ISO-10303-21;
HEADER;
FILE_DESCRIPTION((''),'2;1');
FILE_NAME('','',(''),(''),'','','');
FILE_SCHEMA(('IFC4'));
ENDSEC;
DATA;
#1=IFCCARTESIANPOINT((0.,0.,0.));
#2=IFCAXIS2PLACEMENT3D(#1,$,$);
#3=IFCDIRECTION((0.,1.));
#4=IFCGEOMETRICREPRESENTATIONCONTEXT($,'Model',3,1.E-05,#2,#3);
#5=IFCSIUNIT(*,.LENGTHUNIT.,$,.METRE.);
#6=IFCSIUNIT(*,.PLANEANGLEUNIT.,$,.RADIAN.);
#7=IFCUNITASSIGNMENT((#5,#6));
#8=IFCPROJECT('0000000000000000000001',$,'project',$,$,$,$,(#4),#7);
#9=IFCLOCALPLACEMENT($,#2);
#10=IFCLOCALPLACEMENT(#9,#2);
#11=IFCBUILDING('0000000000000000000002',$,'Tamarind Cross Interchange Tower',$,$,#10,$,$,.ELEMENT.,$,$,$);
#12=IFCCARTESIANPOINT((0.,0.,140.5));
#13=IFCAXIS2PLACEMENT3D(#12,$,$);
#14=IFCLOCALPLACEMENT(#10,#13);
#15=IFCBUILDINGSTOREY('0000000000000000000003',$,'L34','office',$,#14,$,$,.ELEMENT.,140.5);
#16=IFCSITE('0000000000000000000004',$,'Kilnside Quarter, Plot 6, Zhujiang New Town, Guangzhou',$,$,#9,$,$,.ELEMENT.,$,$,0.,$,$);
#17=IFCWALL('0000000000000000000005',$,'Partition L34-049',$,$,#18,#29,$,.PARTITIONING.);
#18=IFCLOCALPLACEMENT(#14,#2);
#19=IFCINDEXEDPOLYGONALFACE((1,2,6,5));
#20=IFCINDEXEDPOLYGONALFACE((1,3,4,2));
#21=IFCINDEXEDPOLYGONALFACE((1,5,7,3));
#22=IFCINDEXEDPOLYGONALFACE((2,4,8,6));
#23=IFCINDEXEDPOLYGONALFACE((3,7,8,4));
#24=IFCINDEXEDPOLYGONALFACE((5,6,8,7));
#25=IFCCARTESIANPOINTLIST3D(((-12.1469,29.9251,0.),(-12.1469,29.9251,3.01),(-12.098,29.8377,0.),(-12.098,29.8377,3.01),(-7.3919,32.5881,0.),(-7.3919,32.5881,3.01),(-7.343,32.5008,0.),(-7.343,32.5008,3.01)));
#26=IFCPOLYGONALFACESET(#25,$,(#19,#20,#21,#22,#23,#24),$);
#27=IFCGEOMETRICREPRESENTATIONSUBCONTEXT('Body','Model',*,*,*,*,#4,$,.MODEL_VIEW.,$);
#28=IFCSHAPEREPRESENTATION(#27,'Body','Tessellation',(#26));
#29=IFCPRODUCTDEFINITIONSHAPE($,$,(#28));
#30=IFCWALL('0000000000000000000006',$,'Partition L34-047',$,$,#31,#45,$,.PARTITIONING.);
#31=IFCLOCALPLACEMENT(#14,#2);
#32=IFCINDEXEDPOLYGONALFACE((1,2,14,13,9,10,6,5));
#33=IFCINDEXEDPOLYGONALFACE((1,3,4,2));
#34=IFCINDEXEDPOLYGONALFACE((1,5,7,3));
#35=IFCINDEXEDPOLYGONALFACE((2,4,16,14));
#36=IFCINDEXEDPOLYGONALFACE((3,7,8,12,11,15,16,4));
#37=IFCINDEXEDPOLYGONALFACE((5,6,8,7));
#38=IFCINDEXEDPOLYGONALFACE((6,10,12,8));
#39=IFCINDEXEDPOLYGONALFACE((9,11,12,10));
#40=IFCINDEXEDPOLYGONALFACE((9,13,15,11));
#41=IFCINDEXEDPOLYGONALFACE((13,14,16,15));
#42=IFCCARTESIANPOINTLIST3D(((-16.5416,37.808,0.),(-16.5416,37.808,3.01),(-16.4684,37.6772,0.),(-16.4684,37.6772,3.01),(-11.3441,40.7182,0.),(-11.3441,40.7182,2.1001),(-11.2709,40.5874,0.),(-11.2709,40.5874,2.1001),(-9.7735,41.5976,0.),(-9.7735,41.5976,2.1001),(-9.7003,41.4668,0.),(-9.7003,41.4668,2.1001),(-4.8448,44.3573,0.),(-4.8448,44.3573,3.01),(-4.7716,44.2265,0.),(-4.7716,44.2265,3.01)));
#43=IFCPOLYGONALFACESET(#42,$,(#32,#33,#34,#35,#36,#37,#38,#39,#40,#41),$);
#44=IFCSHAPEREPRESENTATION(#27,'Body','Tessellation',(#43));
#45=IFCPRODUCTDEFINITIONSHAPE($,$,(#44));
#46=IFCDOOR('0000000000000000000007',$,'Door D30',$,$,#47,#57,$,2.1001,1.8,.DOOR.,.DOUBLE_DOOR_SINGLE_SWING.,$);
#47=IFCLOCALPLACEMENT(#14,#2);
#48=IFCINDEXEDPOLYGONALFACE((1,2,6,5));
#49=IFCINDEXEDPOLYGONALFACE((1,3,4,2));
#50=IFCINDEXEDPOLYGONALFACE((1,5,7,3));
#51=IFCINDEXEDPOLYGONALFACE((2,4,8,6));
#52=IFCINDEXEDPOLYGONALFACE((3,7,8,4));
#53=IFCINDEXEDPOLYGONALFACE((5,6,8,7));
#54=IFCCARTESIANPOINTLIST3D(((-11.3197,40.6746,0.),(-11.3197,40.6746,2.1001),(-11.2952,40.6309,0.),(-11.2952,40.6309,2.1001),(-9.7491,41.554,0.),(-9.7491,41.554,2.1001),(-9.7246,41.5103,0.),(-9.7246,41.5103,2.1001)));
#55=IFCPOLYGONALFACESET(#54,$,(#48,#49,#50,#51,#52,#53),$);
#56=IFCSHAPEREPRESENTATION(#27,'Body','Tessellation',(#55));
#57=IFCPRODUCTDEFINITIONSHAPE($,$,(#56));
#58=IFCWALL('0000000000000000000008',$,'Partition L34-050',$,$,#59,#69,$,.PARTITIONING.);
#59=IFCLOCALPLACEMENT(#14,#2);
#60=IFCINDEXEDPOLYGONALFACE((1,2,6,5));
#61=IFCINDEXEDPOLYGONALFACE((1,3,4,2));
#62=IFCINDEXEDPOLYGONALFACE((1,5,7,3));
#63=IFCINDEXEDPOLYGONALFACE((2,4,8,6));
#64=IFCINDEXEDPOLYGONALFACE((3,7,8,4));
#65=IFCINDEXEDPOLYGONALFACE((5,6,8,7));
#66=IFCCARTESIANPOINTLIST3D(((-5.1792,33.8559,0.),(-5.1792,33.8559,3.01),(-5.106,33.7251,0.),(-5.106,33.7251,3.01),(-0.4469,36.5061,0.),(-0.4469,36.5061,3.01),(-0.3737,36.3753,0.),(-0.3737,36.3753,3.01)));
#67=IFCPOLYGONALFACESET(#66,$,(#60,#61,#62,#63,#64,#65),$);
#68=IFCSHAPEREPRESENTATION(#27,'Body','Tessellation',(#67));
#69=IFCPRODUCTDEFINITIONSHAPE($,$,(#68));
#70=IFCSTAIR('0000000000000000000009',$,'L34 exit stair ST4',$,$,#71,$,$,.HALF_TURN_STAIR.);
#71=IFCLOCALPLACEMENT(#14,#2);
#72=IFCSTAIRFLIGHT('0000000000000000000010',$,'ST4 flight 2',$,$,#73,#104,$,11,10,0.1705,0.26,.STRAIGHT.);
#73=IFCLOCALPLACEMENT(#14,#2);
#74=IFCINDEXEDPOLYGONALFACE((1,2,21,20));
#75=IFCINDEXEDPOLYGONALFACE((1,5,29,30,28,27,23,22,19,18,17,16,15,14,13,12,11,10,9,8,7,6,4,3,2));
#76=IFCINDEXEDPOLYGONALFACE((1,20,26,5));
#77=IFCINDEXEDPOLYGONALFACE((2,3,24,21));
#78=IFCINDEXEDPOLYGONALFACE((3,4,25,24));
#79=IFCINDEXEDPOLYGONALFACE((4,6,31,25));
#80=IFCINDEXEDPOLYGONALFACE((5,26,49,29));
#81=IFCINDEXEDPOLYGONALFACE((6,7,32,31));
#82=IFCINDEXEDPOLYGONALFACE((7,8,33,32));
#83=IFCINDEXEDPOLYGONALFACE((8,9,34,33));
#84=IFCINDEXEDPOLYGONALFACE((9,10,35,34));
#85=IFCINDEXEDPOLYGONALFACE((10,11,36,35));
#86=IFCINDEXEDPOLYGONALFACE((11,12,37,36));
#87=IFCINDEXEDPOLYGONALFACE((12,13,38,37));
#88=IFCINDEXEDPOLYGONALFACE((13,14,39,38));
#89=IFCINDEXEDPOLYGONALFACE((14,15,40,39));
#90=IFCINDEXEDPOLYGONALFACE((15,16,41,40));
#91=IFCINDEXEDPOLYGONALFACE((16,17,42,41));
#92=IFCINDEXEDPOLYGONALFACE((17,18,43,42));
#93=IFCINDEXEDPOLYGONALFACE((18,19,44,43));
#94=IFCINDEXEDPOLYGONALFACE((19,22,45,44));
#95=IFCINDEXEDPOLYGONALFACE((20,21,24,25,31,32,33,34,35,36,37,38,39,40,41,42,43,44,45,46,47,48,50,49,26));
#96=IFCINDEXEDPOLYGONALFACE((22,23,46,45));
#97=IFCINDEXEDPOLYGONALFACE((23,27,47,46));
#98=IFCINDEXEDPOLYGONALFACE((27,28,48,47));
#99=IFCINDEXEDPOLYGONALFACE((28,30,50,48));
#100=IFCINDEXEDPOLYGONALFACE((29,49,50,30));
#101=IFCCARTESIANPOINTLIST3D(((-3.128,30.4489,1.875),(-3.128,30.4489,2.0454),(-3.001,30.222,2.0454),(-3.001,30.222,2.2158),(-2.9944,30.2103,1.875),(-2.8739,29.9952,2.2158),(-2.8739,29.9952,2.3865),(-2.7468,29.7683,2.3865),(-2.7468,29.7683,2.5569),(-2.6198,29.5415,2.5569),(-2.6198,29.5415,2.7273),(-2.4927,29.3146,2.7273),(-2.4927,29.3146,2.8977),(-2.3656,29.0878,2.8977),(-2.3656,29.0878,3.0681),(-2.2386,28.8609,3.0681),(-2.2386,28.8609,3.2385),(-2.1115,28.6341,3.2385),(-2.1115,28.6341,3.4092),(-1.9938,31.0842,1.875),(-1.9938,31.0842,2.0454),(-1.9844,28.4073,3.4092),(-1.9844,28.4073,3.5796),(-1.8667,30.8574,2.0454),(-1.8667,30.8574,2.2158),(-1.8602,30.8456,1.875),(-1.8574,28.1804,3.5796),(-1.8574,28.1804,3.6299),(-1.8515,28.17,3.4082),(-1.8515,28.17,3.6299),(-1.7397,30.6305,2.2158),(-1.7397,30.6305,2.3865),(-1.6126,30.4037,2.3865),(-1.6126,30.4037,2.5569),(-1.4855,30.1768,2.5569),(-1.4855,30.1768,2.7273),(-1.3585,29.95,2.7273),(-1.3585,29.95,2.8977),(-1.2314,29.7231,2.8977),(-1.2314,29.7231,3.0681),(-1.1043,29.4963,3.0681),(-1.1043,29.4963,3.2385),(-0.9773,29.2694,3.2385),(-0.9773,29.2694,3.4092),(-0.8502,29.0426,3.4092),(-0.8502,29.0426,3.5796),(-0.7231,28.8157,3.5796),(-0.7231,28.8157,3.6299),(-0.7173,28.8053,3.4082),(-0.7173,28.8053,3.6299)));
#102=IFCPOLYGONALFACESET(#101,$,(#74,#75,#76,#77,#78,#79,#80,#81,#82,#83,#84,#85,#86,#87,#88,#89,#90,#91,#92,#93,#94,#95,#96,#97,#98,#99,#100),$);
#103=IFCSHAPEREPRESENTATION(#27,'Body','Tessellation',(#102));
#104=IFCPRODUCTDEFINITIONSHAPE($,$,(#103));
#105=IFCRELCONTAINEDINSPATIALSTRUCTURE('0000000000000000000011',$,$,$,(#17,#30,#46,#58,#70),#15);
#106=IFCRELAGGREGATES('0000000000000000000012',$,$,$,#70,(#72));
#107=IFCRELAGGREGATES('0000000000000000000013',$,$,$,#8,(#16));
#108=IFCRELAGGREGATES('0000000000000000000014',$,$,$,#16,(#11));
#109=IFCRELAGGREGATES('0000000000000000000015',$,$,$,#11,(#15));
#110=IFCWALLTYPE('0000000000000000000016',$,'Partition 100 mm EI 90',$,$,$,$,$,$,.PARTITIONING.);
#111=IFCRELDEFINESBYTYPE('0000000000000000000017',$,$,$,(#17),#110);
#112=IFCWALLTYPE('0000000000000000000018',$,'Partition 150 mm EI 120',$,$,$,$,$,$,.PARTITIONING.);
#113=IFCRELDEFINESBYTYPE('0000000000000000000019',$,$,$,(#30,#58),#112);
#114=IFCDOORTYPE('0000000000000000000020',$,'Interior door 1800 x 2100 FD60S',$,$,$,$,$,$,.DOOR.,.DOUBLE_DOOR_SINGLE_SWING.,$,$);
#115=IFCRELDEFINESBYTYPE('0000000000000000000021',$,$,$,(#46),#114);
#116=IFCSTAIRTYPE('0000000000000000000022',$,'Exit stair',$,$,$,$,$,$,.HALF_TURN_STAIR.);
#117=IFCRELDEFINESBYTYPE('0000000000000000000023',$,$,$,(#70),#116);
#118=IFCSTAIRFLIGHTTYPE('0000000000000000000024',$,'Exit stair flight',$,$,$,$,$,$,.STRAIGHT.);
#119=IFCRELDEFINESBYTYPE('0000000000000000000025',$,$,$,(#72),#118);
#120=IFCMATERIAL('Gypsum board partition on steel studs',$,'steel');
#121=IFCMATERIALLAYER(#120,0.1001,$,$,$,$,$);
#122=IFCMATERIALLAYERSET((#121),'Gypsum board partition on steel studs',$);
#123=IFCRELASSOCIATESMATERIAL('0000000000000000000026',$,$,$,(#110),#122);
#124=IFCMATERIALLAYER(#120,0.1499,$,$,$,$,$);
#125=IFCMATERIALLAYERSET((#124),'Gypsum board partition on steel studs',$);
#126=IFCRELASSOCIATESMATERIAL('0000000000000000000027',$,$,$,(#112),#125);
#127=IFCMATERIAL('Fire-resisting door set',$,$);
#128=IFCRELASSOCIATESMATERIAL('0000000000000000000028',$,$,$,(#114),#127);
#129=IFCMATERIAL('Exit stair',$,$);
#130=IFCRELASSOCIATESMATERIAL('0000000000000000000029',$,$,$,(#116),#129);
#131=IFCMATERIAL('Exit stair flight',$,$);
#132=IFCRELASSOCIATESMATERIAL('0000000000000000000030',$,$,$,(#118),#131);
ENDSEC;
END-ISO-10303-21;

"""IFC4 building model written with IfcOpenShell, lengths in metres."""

from ifc_helpers import new_model, si_unit, direction, frame, frame_2d, origin, place, context, subcontext, project, spatial, polyline, rectangle, outline, extrude, material, layer, layer_set, type_object, element, fill, aggregate, save


model = new_model("IFC4")

# Units and contexts
model_context = context("Model", 3, precision=1e-05, world=origin(), true_north=direction((0.0, 1.0)))
body_context = subcontext(model_context, "Body", "Model", "MODEL_VIEW")
ifc_project = project(units=[si_unit("LENGTHUNIT", "METRE"), si_unit("PLANEANGLEUNIT", "RADIAN")], contexts=[model_context])

# Site, building, storey
site_placement = place(None, origin())
site = spatial("IfcSite", under=ifc_project, at=site_placement, Name="Kilnside Quarter, Plot 6, Zhujiang New Town, Guangzhou", CompositionType="ELEMENT", RefElevation=0.0)
building_placement = place(site_placement, origin())
building = spatial("IfcBuilding", under=site, at=building_placement, Name="Tamarind Cross Interchange Tower", CompositionType="ELEMENT")
storey_placement = place(building_placement, frame((0.0, 0.0, 140.5)))
storey = spatial("IfcBuildingStorey", under=building, at=storey_placement, Name="L34", Description="office", CompositionType="ELEMENT", Elevation=140.5)

# Wall
ifc_material_1 = material(Name="Gypsum board partition on steel studs", Category="steel")
ifc_layer_1 = layer(ifc_material_1, 0.1001)
ifc_layer_set_1 = layer_set([ifc_layer_1], Name="Gypsum board partition on steel studs")
wall_type_1 = type_object("IfcWallType", Name="Partition 100 mm EI 90", PredefinedType="PARTITIONING", material=ifc_layer_set_1)
wall_1_placement = place(storey_placement, frame((-12.1226, 29.8813, 0.0), z_axis=(0.0, 0.0, 1.0), x_axis=(0.872489, 0.488633, 0.0)))
element("IfcWall", 1, at=wall_1_placement, inside=storey, type_object=wall_type_1, Name="Partition L34-049", PredefinedType="PARTITIONING", context=body_context, shape_type="SweptSolid", body=[
    extrude(rectangle(XDim=5.45, YDim=0.1001, at=frame_2d((2.7251, 0.0))), origin(), (0.0, 0.0, 1.0), 3.01),
])

# Wall, opening, door
ifc_layer_2 = layer(ifc_material_1, 0.1499)
ifc_layer_set_2 = layer_set([ifc_layer_2], Name="Gypsum board partition on steel studs")
wall_type_2 = type_object("IfcWallType", Name="Partition 150 mm EI 120", PredefinedType="PARTITIONING", material=ifc_layer_set_2)
wall_2_placement = place(storey_placement, frame((-16.5049, 37.7427, 0.0), z_axis=(0.0, 0.0, 1.0), x_axis=(0.872534, 0.488553, 0.0)))
wall_2 = element("IfcWall", 2, at=wall_2_placement, inside=storey, type_object=wall_type_2, Name="Partition L34-047", PredefinedType="PARTITIONING", context=body_context, shape_type="SweptSolid", body=[
    extrude(rectangle(XDim=13.4055, YDim=0.1499, at=frame_2d((6.7026, 0.0))), origin(), (0.0, 0.0, 1.0), 3.01),
])
opening_placement = place(wall_2_placement, frame((5.9568, 0.0, 0.0)))
opening = element("IfcOpeningElement", 3, at=opening_placement, cuts=wall_2, PredefinedType="OPENING", context=body_context, shape_type="SweptSolid", body=[
    extrude(rectangle(XDim=1.8, YDim=2.1001, at=frame_2d((0.8999, 1.05))), frame((0.0, 0.085, 0.0), z_axis=(0.0, -1.0, 0.0), x_axis=(1.0, 0.0, 0.0)), (0.0, 0.0, 1.0), 0.1699),
])
ifc_material_2 = material(Name="Fire-resisting door set")
door_type = type_object("IfcDoorType", Name="Interior door 1800 x 2100 FD60S", OperationType="DOUBLE_DOOR_SINGLE_SWING", PredefinedType="DOOR", material=ifc_material_2)
door_placement = place(opening_placement, origin())
door = element("IfcDoor", 4, at=door_placement, inside=storey, type_object=door_type, Name="Door D30", OperationType="DOUBLE_DOOR_SINGLE_SWING", OverallHeight=2.1001, OverallWidth=1.8, PredefinedType="DOOR", context=body_context, shape_type="SweptSolid", body=[
    extrude(rectangle(XDim=1.8, YDim=2.1001, at=frame_2d((0.8999, 1.05))), frame((0.0, 0.0249, 0.0), z_axis=(0.0, -1.0, 0.0), x_axis=(1.0, 0.0, 0.0)), (0.0, 0.0, 1.0), 0.05),
])
fill(opening, door)

# Wall
wall_3_placement = place(storey_placement, frame((-5.1426, 33.7905, 0.0), z_axis=(0.0, 0.0, 1.0), x_axis=(0.872496, 0.488621, 0.0)))
element("IfcWall", 5, at=wall_3_placement, inside=storey, type_object=wall_type_2, Name="Partition L34-050", PredefinedType="PARTITIONING", context=body_context, shape_type="SweptSolid", body=[
    extrude(rectangle(XDim=5.4238, YDim=0.1499, at=frame_2d((2.7119, 0.0))), origin(), (0.0, 0.0, 1.0), 3.01),
])

# Stair, stair flight
ifc_material_3 = material(Name="Exit stair")
stair_type = type_object("IfcStairType", Name="Exit stair", PredefinedType="HALF_TURN_STAIR", material=ifc_material_3)
stair_placement = place(storey_placement, origin())
stair = element("IfcStair", 6, at=stair_placement, inside=storey, type_object=stair_type, Name="L34 exit stair ST4", PredefinedType="HALF_TURN_STAIR")
ifc_material_4 = material(Name="Exit stair flight")
stair_flight_type = type_object("IfcStairFlightType", Name="Exit stair flight", PredefinedType="STRAIGHT", material=ifc_material_4)
stair_flight_placement = place(storey_placement, frame((-2.5608, 30.7666, 1.875), z_axis=(0.0, 0.0, 1.0), x_axis=(0.488688, -0.872458, 0.0)))
stair_flight = element("IfcStairFlight", 7, at=stair_flight_placement, type_object=stair_flight_type, Name="ST4 flight 2", NumberOfRisers=11, NumberOfTreads=10, PredefinedType="STRAIGHT", RiserHeight=0.1705, TreadLength=0.26, context=body_context, shape_type="SweptSolid", body=[
    extrude(outline(polyline([(0.0, 0.0), (0.0, 0.1704), (0.26, 0.1704), (0.26, 0.3408), (0.52, 0.3408), (0.52, 0.5115), (0.78, 0.5115), (0.78, 0.6819), (1.04, 0.6819), (1.04, 0.8523), (1.3, 0.8523), (1.3, 1.0227), (1.5601, 1.0227), (1.5601, 1.1931), (1.8201, 1.1931), (1.8201, 1.3635), (2.0801, 1.3635), (2.0801, 1.5342), (2.3401, 1.5342), (2.3401, 1.7046), (2.6001, 1.7046), (2.6001, 1.7549), (2.6121, 1.7549), (2.6121, 1.5332), (0.2734, 0.0), (0.0, 0.0)])), frame((0.0, 0.6499, 0.0), z_axis=(0.0, -1.0, 0.0), x_axis=(1.0, 0.0, 0.0)), (0.0, 0.0, 1.0), 1.3),
])
aggregate(stair, [stair_flight])

save(model, "model.ifc")
